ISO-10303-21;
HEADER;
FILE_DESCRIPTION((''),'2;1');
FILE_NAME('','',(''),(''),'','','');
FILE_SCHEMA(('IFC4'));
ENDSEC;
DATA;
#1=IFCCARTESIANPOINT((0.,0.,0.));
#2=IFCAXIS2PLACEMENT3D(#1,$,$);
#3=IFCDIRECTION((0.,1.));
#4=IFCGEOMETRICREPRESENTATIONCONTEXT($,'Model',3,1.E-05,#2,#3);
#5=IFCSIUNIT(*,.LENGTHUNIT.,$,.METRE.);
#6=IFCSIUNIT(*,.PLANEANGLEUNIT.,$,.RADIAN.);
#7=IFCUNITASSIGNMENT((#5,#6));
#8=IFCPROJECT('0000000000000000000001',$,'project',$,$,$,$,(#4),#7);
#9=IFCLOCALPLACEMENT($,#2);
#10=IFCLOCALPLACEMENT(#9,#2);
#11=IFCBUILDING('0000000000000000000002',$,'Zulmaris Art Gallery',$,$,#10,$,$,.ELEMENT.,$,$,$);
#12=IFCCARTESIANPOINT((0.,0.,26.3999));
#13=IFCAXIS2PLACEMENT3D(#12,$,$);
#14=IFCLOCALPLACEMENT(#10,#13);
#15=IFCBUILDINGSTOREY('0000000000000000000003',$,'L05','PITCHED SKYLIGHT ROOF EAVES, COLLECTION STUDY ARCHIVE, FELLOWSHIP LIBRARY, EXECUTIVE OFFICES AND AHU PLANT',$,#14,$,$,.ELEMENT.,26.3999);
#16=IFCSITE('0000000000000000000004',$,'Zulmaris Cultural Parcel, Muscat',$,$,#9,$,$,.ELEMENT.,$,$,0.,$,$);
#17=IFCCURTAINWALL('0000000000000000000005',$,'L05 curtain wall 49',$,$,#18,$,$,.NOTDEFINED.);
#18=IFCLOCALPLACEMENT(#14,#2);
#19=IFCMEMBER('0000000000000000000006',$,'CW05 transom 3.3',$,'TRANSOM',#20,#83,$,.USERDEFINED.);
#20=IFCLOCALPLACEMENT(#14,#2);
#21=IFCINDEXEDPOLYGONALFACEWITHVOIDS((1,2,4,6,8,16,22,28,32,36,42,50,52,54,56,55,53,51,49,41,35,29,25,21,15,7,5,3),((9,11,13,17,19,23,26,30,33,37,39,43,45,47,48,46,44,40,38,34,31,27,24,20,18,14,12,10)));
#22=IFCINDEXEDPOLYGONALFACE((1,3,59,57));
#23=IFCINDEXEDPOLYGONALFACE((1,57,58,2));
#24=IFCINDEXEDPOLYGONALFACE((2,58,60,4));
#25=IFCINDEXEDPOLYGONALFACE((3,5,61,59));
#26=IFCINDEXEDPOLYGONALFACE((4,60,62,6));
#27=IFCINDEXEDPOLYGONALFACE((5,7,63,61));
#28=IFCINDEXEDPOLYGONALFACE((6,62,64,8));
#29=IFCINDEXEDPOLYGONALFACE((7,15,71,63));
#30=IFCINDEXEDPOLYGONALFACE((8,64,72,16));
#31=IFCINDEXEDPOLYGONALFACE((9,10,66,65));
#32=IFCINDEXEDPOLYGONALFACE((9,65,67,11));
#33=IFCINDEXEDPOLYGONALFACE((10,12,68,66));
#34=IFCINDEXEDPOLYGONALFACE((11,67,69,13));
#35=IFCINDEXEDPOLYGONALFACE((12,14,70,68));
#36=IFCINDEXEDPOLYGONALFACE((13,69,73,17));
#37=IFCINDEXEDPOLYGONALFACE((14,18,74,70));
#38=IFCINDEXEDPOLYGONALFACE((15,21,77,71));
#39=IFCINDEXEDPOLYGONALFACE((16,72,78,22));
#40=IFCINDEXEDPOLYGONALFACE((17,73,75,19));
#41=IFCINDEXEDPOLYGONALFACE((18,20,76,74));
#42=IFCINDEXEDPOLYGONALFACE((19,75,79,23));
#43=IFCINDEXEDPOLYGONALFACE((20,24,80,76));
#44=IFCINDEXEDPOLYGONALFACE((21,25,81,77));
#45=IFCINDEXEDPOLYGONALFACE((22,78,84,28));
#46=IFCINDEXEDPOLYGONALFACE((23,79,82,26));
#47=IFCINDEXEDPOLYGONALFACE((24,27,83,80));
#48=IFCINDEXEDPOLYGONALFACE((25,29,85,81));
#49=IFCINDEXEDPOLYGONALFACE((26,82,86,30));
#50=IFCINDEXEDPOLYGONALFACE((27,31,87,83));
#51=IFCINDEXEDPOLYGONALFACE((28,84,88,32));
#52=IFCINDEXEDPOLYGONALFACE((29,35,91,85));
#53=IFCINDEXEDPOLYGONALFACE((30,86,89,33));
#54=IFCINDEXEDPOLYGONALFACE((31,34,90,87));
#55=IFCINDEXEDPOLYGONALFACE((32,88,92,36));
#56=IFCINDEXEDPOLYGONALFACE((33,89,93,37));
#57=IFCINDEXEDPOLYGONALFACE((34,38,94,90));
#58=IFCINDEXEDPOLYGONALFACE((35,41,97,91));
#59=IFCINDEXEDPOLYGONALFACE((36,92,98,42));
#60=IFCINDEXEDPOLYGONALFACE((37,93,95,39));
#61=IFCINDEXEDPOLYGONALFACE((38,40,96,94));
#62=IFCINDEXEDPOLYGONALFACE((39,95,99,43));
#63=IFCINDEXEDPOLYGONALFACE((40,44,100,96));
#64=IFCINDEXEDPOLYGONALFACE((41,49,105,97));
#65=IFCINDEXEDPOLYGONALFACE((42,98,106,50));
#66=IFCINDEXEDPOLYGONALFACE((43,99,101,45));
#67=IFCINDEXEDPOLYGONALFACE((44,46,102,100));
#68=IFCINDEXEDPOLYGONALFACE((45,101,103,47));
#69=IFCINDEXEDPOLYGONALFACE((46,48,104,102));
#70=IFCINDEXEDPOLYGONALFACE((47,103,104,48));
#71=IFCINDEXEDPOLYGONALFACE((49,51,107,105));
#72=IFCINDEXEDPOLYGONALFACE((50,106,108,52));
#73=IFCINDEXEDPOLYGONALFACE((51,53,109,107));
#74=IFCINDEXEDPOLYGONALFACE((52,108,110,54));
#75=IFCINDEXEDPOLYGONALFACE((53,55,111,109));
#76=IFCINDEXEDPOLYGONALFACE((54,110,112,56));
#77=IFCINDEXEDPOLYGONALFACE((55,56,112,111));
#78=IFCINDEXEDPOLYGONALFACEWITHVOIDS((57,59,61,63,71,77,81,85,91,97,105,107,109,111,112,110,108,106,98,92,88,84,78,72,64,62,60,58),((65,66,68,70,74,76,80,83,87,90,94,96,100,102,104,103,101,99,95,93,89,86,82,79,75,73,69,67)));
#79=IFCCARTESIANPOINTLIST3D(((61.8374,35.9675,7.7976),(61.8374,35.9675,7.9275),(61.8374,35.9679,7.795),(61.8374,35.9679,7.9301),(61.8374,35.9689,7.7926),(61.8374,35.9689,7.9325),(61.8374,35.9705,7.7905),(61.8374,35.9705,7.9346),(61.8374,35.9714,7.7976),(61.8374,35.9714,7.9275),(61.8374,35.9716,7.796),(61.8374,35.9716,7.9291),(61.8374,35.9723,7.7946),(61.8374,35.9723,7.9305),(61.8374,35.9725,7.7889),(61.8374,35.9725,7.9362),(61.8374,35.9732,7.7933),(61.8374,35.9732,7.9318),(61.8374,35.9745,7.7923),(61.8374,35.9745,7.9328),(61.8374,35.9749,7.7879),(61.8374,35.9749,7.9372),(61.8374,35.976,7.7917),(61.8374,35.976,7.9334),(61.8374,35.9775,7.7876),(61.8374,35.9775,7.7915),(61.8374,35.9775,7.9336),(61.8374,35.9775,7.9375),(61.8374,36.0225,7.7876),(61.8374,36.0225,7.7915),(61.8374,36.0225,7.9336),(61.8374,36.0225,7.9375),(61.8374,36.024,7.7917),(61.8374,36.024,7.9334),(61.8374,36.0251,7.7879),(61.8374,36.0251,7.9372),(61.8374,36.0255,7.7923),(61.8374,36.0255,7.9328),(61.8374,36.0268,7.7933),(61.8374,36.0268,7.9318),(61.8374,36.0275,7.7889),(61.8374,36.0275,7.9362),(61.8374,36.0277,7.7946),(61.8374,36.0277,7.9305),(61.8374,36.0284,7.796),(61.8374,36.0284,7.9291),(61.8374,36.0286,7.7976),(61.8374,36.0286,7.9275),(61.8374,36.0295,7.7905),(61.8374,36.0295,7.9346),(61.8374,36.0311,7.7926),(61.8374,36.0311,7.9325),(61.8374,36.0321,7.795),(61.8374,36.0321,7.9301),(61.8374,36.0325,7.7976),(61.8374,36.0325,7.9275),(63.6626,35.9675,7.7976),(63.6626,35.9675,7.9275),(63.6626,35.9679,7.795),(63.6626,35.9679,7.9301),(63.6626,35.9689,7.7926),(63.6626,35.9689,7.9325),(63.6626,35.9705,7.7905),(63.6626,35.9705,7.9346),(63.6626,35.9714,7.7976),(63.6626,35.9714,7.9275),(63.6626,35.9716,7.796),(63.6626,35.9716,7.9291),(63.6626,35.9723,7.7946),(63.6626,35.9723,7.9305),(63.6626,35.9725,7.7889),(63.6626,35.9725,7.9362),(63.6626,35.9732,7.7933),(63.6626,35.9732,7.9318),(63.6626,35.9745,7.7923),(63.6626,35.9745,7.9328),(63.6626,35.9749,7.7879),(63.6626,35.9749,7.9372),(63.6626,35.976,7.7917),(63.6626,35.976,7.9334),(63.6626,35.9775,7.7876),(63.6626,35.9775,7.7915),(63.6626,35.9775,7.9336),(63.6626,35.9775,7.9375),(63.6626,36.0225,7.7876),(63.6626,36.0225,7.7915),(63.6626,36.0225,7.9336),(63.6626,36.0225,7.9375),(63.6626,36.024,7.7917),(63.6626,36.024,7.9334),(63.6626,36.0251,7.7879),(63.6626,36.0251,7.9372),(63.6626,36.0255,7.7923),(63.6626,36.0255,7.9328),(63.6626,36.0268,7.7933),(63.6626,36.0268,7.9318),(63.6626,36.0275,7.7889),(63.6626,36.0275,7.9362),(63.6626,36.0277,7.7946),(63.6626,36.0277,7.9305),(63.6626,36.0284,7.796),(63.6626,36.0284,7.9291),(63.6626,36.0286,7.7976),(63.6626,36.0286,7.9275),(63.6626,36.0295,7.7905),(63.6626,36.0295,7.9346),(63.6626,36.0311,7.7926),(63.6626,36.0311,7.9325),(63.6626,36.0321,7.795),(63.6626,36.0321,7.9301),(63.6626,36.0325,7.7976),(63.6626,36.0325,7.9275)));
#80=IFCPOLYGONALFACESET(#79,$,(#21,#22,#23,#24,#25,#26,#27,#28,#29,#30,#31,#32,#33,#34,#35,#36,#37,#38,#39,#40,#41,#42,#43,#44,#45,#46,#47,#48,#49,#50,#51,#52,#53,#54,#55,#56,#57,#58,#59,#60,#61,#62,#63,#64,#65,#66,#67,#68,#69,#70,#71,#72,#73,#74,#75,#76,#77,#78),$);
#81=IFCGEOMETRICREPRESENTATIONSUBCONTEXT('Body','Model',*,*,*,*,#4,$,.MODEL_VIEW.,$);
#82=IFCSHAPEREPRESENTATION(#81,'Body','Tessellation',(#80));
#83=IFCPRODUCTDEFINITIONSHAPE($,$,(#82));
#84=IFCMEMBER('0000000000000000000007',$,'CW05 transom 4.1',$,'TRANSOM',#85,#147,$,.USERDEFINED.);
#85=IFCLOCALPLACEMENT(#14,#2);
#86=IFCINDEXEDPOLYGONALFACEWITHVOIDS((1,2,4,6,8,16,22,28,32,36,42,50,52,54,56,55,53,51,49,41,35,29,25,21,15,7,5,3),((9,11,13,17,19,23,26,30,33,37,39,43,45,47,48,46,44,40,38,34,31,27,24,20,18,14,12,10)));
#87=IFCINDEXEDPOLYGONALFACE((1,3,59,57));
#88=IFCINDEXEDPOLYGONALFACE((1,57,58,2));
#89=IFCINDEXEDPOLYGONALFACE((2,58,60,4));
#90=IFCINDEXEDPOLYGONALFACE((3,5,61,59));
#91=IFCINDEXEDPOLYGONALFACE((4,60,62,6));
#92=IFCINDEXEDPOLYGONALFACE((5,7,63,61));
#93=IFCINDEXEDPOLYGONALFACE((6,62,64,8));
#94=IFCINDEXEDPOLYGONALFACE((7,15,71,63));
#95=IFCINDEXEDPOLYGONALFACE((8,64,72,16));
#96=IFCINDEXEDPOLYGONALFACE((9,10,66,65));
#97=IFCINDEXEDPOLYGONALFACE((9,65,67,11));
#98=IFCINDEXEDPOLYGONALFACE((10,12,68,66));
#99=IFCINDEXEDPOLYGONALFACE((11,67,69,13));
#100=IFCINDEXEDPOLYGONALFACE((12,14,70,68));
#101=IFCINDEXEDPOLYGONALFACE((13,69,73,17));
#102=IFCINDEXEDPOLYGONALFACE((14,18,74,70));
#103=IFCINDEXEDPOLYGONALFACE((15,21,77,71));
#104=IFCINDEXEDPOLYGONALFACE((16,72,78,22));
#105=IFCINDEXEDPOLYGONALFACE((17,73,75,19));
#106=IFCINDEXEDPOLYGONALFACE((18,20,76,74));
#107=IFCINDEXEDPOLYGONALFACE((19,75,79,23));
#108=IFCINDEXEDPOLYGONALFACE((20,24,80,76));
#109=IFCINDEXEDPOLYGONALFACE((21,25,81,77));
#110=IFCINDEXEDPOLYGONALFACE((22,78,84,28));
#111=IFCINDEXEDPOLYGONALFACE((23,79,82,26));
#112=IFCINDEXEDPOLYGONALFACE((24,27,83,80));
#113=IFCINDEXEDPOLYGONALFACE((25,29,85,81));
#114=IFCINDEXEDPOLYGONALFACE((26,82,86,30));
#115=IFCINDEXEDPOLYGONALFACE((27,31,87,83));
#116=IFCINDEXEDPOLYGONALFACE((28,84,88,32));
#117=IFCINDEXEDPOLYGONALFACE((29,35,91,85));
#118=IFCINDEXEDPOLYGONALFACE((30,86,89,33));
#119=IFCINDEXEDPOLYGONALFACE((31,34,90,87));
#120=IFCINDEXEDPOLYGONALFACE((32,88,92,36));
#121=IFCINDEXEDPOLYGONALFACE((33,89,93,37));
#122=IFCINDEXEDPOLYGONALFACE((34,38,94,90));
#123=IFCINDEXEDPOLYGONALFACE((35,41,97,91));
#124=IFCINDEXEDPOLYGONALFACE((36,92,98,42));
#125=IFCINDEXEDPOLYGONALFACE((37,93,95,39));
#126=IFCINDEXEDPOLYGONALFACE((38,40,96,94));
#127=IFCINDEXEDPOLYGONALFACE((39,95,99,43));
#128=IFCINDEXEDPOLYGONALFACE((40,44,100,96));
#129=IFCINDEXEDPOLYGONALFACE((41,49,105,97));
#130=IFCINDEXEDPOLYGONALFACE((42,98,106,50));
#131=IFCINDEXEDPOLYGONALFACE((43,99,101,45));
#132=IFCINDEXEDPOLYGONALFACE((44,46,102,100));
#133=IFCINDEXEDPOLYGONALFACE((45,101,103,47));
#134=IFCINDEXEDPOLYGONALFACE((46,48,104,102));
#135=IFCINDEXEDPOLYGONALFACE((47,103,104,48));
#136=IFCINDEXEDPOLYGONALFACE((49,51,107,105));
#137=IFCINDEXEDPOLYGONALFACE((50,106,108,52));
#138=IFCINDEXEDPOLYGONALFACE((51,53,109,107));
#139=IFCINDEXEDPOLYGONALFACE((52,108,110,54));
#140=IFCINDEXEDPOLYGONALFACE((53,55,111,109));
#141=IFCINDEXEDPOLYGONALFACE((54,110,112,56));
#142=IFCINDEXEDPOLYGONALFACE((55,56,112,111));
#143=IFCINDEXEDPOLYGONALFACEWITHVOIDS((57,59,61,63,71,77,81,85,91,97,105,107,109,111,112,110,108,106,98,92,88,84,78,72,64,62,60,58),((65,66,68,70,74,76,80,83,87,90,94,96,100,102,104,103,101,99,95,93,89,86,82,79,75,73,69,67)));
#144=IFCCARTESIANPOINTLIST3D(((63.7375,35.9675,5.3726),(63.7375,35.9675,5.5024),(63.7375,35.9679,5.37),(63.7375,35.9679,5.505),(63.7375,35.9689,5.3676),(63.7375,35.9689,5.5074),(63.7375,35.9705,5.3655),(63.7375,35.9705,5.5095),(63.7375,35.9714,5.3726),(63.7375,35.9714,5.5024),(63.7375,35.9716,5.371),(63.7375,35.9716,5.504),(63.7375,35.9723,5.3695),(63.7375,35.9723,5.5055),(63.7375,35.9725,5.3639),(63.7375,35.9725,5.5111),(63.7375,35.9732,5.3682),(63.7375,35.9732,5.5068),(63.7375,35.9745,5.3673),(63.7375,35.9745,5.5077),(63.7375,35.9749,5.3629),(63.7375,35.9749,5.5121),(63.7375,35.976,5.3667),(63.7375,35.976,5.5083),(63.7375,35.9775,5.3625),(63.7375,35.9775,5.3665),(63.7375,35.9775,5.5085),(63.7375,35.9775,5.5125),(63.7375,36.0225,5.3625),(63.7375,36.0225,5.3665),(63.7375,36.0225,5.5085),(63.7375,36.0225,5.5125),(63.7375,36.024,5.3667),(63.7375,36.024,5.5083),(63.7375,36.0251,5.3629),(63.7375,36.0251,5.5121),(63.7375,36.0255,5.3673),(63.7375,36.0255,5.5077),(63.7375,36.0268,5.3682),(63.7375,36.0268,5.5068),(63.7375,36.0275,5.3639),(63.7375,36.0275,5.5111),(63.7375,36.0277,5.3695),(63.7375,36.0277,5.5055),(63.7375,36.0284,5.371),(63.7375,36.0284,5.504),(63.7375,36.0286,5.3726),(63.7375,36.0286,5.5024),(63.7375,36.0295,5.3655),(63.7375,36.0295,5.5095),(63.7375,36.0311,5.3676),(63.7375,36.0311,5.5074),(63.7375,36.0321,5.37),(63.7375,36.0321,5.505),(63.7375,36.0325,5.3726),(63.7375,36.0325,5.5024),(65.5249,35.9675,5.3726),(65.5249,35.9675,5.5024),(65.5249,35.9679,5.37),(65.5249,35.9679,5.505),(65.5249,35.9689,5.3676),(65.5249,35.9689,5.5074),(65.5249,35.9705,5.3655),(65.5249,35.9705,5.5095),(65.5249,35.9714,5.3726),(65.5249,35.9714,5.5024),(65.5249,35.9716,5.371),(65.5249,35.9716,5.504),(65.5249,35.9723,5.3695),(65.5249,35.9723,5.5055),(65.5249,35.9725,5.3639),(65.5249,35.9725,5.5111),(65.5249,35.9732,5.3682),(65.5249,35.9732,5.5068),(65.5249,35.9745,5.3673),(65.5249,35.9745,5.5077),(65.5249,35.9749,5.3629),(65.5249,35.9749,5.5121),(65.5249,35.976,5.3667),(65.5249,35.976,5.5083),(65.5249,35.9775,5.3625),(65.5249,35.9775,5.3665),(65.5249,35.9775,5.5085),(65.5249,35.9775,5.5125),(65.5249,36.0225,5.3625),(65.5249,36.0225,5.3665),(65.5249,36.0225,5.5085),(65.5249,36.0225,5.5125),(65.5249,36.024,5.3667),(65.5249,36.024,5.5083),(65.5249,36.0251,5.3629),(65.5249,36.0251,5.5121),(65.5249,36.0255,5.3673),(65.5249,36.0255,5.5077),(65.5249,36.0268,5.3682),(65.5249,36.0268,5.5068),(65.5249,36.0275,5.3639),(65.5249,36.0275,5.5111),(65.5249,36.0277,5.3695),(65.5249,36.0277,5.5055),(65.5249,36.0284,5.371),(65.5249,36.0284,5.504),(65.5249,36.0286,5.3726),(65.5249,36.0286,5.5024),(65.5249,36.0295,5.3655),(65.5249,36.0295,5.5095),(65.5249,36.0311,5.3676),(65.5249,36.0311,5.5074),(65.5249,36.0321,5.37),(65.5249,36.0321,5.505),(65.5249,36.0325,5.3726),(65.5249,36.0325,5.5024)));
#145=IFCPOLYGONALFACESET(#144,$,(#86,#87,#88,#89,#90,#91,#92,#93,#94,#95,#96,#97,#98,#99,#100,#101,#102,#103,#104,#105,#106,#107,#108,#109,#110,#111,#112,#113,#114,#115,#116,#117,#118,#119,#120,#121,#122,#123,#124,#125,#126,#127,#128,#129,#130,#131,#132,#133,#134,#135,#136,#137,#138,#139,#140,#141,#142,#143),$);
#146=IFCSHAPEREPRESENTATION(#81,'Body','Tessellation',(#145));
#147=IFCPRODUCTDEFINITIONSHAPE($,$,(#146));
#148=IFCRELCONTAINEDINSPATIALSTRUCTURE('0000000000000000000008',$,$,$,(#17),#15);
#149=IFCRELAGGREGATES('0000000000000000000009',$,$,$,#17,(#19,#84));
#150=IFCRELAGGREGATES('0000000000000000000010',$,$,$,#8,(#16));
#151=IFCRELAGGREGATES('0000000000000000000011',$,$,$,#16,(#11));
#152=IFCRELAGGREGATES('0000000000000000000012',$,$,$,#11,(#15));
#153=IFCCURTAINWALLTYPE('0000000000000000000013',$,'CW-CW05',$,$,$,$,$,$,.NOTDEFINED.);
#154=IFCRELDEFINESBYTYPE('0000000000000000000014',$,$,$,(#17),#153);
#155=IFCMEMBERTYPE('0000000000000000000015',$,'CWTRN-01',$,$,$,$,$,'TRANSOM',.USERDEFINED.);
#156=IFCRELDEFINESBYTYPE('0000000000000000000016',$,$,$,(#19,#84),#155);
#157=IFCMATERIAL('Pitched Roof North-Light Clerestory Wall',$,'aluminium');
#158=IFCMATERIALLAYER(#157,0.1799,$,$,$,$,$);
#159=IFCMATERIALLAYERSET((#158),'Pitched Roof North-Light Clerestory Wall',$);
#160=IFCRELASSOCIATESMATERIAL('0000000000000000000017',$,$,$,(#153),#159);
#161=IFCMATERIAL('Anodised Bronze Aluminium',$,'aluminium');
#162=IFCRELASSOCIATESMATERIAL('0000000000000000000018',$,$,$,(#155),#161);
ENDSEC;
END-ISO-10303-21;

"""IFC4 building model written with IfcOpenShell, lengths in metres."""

from ifc_helpers import new_model, si_unit, direction, frame, origin, origin_2d, place, context, subcontext, project, spatial, hollow_rectangle, extrude, material, layer, layer_set, material_profile, profile_set, type_object, element, aggregate, save


model = new_model("IFC4")

# Units and contexts
model_context = context("Model", 3, precision=1e-05, world=origin(), true_north=direction((0.0, 1.0)))
body_context = subcontext(model_context, "Body", "Model", "MODEL_VIEW")
ifc_project = project(units=[si_unit("LENGTHUNIT", "METRE"), si_unit("PLANEANGLEUNIT", "RADIAN")], contexts=[model_context])

# Site, building, storey
site_placement = place(None, origin())
site = spatial("IfcSite", under=ifc_project, at=site_placement, Name="Zulmaris Cultural Parcel, Muscat", CompositionType="ELEMENT", RefElevation=0.0)
building_placement = place(site_placement, origin())
building = spatial("IfcBuilding", under=site, at=building_placement, Name="Zulmaris Art Gallery", CompositionType="ELEMENT")
storey_placement = place(building_placement, frame((0.0, 0.0, 26.3999)))
storey = spatial("IfcBuildingStorey", under=building, at=storey_placement, Name="L05", Description="PITCHED SKYLIGHT ROOF EAVES, COLLECTION STUDY ARCHIVE, FELLOWSHIP LIBRARY, EXECUTIVE OFFICES AND AHU PLANT", CompositionType="ELEMENT", Elevation=26.3999)

# Curtain wall, members
ifc_material_1 = material(Name="Pitched Roof North-Light Clerestory Wall", Category="aluminium")
ifc_layer_1 = layer(ifc_material_1, 0.1799)
ifc_layer_set_1 = layer_set([ifc_layer_1], Name="Pitched Roof North-Light Clerestory Wall")
curtain_wall_type = type_object("IfcCurtainWallType", Name="CW-CW05", PredefinedType="NOTDEFINED", material=ifc_layer_set_1)
curtain_wall_placement = place(storey_placement, origin())
curtain_wall = element("IfcCurtainWall", 1, at=curtain_wall_placement, inside=storey, type_object=curtain_wall_type, Name="L05 curtain wall 49", PredefinedType="NOTDEFINED")
ifc_material_2 = material(Name="Anodised Bronze Aluminium", Category="aluminium")
ifc_material_profile_1 = material_profile(ifc_material_2, hollow_rectangle(XDim=0.0649, YDim=0.1499, WallThickness=0.0039, InnerFilletRadius=0.0061, OuterFilletRadius=0.01, at=origin_2d()), Name="ALU 65x150x4")
ifc_profile_set_1 = profile_set([ifc_material_profile_1], Name="Anodised Bronze Aluminium")
member_type_1 = type_object("IfcMemberType", Name="CWTRN-01", ElementType="TRANSOM", PredefinedType="USERDEFINED", material=ifc_profile_set_1)
member_1_placement = place(storey_placement, frame((61.8374, 36.0, 7.8625), z_axis=(1.0, 0.0, 0.0), x_axis=(0.0, 1.0, 0.0)))
member_1 = element("IfcMember", 2, at=member_1_placement, type_object=member_type_1, Name="CW05 transom 3.3", ObjectType="TRANSOM", PredefinedType="USERDEFINED", context=body_context, shape_type="SweptSolid", body=[
    extrude(hollow_rectangle(XDim=0.0649, YDim=0.1499, WallThickness=0.0039, InnerFilletRadius=0.0061, OuterFilletRadius=0.01, at=origin_2d()), origin(), (0.0, 0.0, 1.0), 1.8252),
])
member_2_placement = place(storey_placement, frame((63.7375, 36.0, 5.4375), z_axis=(1.0, 0.0, 0.0), x_axis=(0.0, 1.0, 0.0)))
member_2 = element("IfcMember", 3, at=member_2_placement, type_object=member_type_1, Name="CW05 transom 4.1", ObjectType="TRANSOM", PredefinedType="USERDEFINED", context=body_context, shape_type="SweptSolid", body=[
    extrude(hollow_rectangle(XDim=0.0649, YDim=0.1499, WallThickness=0.0039, InnerFilletRadius=0.0061, OuterFilletRadius=0.01, at=origin_2d()), origin(), (0.0, 0.0, 1.0), 1.7874),
])

aggregate(curtain_wall, [member_1, member_2])

save(model, "model.ifc")
